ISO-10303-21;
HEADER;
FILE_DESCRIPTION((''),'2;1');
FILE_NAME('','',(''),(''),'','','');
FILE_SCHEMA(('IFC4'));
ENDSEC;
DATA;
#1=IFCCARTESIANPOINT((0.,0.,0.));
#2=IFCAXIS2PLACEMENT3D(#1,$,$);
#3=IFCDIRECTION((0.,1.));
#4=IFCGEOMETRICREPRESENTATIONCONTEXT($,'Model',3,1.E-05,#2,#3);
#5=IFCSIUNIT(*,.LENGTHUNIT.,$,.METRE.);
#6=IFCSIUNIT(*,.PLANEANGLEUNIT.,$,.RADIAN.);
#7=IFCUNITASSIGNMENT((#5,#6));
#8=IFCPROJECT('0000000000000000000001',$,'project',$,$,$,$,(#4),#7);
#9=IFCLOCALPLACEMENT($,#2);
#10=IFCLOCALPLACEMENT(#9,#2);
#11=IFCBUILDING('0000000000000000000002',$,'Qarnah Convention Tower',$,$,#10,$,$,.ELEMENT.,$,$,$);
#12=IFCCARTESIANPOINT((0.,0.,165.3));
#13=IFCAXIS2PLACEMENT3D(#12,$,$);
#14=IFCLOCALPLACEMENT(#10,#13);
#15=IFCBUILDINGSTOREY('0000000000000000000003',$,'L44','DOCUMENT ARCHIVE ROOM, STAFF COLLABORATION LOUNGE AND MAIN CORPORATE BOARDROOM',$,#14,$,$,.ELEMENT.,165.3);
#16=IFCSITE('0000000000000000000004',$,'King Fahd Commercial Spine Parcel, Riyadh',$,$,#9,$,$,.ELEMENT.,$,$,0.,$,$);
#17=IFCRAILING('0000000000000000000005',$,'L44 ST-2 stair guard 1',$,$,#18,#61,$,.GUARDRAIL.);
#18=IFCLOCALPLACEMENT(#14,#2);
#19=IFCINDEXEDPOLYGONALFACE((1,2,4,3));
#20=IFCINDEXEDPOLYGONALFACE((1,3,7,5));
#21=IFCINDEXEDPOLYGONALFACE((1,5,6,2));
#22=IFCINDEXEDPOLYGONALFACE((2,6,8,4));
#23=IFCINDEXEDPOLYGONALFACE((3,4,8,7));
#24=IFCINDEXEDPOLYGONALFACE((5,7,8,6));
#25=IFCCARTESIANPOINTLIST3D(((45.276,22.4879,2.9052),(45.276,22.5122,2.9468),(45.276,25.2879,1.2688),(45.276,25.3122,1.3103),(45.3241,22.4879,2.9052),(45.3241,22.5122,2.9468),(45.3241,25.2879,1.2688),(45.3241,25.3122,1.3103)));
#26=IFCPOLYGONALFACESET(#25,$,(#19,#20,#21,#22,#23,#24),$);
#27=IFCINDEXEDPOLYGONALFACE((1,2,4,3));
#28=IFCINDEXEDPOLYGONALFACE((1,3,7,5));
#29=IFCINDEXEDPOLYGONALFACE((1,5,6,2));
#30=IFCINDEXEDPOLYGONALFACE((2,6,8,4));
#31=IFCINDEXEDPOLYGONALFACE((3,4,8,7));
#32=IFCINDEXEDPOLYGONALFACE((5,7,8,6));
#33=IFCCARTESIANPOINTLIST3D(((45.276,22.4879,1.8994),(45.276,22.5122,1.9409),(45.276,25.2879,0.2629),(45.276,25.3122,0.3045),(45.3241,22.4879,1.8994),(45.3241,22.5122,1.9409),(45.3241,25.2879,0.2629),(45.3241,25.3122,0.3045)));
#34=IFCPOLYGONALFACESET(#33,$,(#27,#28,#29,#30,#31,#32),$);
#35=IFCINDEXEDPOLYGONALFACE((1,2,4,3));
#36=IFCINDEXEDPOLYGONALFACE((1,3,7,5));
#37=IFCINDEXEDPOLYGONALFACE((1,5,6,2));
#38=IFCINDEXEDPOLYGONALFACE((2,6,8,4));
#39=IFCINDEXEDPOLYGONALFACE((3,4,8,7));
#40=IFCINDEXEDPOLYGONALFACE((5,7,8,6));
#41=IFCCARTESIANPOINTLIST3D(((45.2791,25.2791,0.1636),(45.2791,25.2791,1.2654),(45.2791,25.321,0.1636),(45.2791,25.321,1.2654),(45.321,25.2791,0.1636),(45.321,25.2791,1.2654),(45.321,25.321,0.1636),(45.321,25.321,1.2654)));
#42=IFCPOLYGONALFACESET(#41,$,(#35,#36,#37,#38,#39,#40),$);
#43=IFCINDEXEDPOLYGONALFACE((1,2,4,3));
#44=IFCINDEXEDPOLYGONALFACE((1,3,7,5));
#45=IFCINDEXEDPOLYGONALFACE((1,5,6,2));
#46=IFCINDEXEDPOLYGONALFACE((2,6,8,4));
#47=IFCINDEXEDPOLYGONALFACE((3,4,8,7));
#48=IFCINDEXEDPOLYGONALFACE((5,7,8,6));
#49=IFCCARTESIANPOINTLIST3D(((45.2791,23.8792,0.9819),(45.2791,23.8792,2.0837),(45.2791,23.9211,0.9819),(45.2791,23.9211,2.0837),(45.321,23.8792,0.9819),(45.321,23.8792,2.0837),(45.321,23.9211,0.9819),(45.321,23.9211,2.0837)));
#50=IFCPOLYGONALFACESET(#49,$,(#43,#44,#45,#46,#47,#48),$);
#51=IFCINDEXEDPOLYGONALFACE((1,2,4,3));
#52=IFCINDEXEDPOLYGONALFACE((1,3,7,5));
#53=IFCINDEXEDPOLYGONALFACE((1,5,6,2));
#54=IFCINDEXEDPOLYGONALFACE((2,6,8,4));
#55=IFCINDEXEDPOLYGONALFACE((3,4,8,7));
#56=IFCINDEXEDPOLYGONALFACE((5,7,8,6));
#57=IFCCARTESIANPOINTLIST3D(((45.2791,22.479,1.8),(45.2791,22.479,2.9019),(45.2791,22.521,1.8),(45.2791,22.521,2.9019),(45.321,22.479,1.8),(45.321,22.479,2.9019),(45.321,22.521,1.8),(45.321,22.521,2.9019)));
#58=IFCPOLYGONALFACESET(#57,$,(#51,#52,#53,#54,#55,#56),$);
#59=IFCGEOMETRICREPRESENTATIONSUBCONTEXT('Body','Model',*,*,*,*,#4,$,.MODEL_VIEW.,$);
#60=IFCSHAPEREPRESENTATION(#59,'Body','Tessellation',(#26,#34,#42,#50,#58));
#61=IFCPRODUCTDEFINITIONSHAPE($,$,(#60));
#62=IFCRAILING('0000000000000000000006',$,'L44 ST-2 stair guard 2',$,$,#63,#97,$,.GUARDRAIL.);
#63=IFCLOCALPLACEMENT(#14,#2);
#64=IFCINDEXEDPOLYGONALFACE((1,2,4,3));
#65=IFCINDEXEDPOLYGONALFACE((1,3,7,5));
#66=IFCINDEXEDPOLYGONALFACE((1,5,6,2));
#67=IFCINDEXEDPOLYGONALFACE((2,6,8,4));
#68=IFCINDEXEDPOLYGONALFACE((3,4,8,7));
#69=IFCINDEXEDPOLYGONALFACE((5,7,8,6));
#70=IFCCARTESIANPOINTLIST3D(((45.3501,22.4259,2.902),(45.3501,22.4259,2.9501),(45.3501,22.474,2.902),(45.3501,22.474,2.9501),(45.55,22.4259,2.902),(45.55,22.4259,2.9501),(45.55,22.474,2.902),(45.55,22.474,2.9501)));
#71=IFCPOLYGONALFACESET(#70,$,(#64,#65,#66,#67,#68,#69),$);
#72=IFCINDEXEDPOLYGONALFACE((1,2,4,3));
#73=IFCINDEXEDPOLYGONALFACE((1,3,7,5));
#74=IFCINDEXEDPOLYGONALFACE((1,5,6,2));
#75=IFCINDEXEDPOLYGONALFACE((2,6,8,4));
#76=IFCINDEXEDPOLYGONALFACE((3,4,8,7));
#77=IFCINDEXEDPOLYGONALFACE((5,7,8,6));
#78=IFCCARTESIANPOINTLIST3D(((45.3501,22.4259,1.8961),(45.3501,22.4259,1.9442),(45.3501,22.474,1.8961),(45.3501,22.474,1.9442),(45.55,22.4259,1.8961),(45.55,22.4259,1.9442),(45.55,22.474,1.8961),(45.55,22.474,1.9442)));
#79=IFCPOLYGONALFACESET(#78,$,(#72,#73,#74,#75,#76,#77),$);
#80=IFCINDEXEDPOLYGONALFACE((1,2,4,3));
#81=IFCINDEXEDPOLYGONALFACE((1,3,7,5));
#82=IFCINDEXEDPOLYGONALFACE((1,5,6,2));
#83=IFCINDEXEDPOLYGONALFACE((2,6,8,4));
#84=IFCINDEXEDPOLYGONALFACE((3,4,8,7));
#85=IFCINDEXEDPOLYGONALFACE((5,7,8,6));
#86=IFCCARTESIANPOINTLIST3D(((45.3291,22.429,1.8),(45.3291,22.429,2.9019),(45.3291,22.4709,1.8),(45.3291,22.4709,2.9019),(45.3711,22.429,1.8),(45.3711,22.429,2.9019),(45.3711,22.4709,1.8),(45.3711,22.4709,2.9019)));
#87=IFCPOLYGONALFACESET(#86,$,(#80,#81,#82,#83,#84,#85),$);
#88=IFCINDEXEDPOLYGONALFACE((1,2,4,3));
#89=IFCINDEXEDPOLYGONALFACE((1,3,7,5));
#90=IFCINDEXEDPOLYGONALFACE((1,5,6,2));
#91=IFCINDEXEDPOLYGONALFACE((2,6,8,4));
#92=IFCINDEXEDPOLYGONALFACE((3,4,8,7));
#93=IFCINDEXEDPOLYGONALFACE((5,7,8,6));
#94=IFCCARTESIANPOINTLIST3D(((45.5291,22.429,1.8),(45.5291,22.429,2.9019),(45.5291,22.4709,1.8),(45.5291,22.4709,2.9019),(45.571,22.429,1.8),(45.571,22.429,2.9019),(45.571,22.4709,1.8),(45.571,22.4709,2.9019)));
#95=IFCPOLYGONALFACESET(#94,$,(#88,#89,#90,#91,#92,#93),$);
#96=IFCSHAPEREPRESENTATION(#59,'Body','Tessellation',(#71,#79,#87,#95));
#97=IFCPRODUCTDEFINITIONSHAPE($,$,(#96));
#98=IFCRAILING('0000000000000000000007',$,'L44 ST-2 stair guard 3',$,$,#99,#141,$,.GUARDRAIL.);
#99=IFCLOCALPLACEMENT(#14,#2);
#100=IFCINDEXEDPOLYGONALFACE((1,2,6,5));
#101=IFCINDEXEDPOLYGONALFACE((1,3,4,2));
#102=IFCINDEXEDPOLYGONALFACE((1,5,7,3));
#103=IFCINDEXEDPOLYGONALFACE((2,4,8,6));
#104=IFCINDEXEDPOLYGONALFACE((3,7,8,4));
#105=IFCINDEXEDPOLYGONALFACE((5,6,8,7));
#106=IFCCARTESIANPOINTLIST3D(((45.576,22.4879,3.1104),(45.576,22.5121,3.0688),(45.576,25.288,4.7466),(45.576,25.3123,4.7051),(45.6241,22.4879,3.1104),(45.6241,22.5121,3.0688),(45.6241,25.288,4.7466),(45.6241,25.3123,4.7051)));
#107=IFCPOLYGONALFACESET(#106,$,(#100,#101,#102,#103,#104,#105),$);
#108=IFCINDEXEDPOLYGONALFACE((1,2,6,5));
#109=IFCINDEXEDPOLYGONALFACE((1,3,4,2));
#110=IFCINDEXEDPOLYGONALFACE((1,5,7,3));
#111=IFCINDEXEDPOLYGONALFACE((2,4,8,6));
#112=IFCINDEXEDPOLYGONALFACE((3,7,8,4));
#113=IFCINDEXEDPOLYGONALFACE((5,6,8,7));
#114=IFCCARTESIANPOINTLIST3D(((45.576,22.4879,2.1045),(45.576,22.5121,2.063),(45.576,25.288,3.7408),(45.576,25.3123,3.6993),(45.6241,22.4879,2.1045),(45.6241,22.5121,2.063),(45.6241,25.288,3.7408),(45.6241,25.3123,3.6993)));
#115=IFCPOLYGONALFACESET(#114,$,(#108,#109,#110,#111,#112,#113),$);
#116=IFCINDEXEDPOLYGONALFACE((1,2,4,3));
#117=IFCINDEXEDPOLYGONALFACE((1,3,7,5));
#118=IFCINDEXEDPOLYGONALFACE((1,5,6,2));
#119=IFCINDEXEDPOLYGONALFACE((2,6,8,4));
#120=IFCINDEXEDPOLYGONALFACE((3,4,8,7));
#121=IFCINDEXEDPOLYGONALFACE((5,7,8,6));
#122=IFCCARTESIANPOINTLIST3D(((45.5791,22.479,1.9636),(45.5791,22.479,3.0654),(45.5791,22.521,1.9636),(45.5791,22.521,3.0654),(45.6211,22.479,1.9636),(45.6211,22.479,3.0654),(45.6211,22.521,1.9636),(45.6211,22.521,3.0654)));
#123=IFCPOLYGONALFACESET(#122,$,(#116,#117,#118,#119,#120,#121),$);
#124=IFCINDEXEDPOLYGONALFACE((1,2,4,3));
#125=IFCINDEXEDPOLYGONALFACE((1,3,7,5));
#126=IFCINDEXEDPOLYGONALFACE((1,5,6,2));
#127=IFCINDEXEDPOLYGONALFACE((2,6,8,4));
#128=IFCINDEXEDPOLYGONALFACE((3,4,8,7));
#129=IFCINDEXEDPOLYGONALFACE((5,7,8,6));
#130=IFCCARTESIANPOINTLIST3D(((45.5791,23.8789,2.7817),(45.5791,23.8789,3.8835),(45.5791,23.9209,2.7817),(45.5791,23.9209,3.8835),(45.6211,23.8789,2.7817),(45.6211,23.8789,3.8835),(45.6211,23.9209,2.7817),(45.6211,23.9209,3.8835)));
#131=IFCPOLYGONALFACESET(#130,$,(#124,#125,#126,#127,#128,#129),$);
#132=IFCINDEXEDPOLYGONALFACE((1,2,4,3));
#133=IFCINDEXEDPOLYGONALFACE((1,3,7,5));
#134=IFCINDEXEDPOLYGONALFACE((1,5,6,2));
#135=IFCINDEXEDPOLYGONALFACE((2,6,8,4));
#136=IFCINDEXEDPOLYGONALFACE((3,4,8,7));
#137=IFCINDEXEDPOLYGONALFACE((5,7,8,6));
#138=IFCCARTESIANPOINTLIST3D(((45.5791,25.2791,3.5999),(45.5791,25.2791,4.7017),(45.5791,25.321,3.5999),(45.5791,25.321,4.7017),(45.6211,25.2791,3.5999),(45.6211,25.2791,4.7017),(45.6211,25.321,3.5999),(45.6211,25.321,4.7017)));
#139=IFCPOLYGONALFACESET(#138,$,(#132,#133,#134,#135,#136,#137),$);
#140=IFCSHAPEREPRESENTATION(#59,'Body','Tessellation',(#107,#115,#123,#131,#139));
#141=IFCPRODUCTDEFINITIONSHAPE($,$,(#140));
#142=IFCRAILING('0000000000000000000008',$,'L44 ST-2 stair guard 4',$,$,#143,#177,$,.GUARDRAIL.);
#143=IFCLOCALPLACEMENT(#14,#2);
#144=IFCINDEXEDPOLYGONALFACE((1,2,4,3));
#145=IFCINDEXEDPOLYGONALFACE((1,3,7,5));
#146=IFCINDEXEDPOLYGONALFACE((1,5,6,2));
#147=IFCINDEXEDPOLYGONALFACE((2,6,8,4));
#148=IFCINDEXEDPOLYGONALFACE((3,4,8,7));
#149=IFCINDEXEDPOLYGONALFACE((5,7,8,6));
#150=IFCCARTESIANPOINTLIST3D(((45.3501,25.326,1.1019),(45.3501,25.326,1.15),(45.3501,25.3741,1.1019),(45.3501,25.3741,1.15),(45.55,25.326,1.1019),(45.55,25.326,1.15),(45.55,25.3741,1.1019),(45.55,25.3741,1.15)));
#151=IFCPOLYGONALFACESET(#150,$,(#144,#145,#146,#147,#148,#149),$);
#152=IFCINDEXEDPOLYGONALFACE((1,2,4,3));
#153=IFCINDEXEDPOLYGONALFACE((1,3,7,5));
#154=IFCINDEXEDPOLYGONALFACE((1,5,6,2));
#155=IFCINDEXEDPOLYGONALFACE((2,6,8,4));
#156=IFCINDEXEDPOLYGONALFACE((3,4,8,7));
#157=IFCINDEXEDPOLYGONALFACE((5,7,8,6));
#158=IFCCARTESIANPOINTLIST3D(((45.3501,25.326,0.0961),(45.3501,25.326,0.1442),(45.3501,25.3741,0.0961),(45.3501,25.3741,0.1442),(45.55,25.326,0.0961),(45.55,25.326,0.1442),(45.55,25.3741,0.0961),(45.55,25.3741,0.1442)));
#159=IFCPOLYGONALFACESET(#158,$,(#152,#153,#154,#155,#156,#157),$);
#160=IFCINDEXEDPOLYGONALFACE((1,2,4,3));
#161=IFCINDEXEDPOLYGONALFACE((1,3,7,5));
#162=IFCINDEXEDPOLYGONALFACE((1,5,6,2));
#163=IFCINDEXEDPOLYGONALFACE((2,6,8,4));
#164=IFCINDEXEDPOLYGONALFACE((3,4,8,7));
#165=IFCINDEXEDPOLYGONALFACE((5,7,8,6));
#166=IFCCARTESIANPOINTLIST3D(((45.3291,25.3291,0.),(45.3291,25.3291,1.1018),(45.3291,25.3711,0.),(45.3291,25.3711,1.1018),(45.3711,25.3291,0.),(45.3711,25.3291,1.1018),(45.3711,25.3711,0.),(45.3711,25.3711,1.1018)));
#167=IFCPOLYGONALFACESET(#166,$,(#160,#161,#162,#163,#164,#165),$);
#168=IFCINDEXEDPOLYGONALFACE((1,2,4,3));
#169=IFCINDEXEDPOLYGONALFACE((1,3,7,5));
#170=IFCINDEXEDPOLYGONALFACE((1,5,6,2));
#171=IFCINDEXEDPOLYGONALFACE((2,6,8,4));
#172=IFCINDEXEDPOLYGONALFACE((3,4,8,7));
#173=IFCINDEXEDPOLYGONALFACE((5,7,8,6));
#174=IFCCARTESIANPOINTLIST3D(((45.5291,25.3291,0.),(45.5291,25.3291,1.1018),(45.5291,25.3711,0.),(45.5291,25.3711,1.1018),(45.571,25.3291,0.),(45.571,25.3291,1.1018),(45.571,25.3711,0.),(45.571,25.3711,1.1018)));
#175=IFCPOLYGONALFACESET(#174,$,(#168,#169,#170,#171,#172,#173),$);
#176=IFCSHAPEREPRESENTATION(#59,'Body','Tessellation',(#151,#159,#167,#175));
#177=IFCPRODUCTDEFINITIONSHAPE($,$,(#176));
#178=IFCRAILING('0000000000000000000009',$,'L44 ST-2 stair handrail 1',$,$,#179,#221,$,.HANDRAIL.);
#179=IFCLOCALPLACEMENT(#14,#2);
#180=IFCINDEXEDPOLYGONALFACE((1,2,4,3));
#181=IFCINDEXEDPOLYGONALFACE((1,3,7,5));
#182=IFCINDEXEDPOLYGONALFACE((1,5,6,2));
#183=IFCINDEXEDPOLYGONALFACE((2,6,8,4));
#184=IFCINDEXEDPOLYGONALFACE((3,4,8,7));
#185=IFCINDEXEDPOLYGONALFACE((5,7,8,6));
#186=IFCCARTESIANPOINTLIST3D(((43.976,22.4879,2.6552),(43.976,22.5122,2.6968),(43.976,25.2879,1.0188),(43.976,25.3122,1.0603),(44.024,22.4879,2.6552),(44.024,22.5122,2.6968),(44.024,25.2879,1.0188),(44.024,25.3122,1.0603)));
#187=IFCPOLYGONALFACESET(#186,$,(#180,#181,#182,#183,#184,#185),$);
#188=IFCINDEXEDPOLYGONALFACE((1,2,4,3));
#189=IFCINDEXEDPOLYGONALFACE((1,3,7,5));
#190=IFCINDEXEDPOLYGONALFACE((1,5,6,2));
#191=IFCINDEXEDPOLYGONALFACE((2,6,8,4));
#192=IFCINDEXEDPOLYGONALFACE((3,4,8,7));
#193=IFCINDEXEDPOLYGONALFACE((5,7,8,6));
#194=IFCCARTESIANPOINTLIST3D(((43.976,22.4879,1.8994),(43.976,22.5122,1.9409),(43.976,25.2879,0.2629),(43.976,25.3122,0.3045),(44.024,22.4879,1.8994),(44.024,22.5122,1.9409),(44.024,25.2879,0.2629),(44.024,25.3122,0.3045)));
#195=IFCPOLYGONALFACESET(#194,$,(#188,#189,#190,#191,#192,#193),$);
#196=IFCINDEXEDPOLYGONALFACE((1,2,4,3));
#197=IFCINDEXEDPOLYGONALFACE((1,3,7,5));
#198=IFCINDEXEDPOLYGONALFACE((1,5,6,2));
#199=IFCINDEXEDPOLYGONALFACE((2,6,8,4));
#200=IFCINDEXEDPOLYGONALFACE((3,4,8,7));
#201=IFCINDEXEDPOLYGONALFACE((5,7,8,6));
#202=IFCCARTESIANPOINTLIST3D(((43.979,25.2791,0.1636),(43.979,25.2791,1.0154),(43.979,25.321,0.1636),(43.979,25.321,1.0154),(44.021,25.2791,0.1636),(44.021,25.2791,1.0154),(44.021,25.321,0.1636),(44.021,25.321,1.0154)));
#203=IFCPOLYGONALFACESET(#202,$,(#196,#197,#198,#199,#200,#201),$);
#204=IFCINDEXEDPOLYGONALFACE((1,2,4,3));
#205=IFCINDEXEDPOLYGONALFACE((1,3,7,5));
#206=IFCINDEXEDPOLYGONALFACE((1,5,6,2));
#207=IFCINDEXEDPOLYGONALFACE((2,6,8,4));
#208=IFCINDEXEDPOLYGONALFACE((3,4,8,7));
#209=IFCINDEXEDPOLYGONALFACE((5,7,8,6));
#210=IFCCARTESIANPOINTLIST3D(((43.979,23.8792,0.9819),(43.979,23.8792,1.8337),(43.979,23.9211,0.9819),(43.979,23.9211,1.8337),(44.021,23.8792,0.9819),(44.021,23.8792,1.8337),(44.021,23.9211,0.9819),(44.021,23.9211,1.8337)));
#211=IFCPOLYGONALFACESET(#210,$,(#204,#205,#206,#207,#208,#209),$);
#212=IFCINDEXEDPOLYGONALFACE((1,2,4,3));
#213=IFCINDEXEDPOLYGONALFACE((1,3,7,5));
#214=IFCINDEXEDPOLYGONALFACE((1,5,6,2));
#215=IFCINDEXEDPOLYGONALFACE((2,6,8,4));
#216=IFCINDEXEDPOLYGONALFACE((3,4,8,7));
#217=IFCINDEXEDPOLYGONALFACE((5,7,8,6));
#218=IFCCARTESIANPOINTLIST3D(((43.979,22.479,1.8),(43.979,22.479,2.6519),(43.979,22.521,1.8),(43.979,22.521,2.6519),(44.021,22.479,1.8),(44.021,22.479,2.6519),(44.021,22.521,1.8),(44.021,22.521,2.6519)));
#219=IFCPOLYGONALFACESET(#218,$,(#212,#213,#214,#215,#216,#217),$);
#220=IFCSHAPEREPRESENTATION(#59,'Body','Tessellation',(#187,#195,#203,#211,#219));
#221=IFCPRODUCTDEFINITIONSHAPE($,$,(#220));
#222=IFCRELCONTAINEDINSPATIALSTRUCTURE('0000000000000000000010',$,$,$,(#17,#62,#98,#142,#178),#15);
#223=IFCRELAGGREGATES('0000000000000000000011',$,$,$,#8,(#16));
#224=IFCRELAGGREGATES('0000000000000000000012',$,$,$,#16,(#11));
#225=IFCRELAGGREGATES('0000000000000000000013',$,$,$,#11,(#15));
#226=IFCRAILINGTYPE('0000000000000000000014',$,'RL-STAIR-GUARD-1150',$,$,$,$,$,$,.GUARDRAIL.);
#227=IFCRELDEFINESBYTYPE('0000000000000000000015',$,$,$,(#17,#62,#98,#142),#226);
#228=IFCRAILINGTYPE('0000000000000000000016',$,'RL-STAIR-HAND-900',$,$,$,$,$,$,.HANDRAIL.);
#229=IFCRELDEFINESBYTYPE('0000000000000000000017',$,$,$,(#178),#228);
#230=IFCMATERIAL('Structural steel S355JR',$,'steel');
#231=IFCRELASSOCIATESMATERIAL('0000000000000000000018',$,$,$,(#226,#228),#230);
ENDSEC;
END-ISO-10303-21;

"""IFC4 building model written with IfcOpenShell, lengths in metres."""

from ifc_helpers import new_model, si_unit, direction, frame, origin, origin_2d, place, context, subcontext, project, spatial, rectangle, extrude, material, type_object, element, save


model = new_model("IFC4")

# Units and contexts
model_context = context("Model", 3, precision=1e-05, world=origin(), true_north=direction((0.0, 1.0)))
body_context = subcontext(model_context, "Body", "Model", "MODEL_VIEW")
ifc_project = project(units=[si_unit("LENGTHUNIT", "METRE"), si_unit("PLANEANGLEUNIT", "RADIAN")], contexts=[model_context])

# Site, building, storey
site_placement = place(None, origin())
site = spatial("IfcSite", under=ifc_project, at=site_placement, Name="King Fahd Commercial Spine Parcel, Riyadh", CompositionType="ELEMENT", RefElevation=0.0)
building_placement = place(site_placement, origin())
building = spatial("IfcBuilding", under=site, at=building_placement, Name="Qarnah Convention Tower", CompositionType="ELEMENT")
storey_placement = place(building_placement, frame((0.0, 0.0, 165.3)))
storey = spatial("IfcBuildingStorey", under=building, at=storey_placement, Name="L44", Description="DOCUMENT ARCHIVE ROOM, STAFF COLLABORATION LOUNGE AND MAIN CORPORATE BOARDROOM", CompositionType="ELEMENT", Elevation=165.3)

# Shared definitions
ifc_material_1 = material(Name="Structural steel S355JR", Category="steel")

# Railings
railing_type_1 = type_object("IfcRailingType", Name="RL-STAIR-GUARD-1150", PredefinedType="GUARDRAIL", material=ifc_material_1)
railing_1_placement = place(storey_placement, frame((45.3, 25.3, 0.1636)))
element("IfcRailing", 1, at=railing_1_placement, inside=storey, type_object=railing_type_1, Name="L44 ST-2 stair guard 1", PredefinedType="GUARDRAIL", context=body_context, shape_type="SweptSolid", body=[
    extrude(rectangle(XDim=0.0481, YDim=0.0481, at=origin_2d()), frame((0.0, 0.0, 1.126), z_axis=(0.0, -0.863361, 0.504587), x_axis=(1.0, 0.0, 0.0)), (0.0, 0.0, 1.0), 3.2432),
    extrude(rectangle(XDim=0.0481, YDim=0.0481, at=origin_2d()), frame((0.0, 0.0, 0.1201), z_axis=(0.0, -0.863361, 0.504587), x_axis=(1.0, 0.0, 0.0)), (0.0, 0.0, 1.0), 3.2432),
    extrude(rectangle(XDim=0.042, YDim=0.042, at=origin_2d()), origin(), (0.0, 0.0, 1.0), 1.1018),
    extrude(rectangle(XDim=0.042, YDim=0.042, at=origin_2d()), frame((0.0, -1.3999, 0.8184)), (0.0, 0.0, 1.0), 1.1018),
    extrude(rectangle(XDim=0.042, YDim=0.042, at=origin_2d()), frame((0.0, -2.8, 1.6365)), (0.0, 0.0, 1.0), 1.1018),
])
railing_2_placement = place(storey_placement, frame((45.3501, 22.45, 1.8)))
element("IfcRailing", 2, at=railing_2_placement, inside=storey, type_object=railing_type_1, Name="L44 ST-2 stair guard 2", PredefinedType="GUARDRAIL", context=body_context, shape_type="SweptSolid", body=[
    extrude(rectangle(XDim=0.0481, YDim=0.0481, at=origin_2d()), frame((0.0, 0.0, 1.126), z_axis=(1.0, 0.0, 0.0), x_axis=(0.0, 1.0, 0.0)), (0.0, 0.0, 1.0), 0.2),
    extrude(rectangle(XDim=0.0481, YDim=0.0481, at=origin_2d()), frame((0.0, 0.0, 0.1201), z_axis=(1.0, 0.0, 0.0), x_axis=(0.0, 1.0, 0.0)), (0.0, 0.0, 1.0), 0.2),
    extrude(rectangle(XDim=0.042, YDim=0.042, at=origin_2d()), origin(), (0.0, 0.0, 1.0), 1.1018),
    extrude(rectangle(XDim=0.042, YDim=0.042, at=origin_2d()), frame((0.2, 0.0, 0.0)), (0.0, 0.0, 1.0), 1.1018),
])
railing_3_placement = place(storey_placement, frame((45.6001, 22.5, 1.9636)))
element("IfcRailing", 3, at=railing_3_placement, inside=storey, type_object=railing_type_1, Name="L44 ST-2 stair guard 3", PredefinedType="GUARDRAIL", context=body_context, shape_type="SweptSolid", body=[
    extrude(rectangle(XDim=0.0481, YDim=0.0481, at=origin_2d()), frame((0.0, 0.0, 1.126), z_axis=(0.0, 0.863394, 0.504531), x_axis=(-1.0, 0.0, 0.0)), (0.0, 0.0, 1.0), 3.2432),
    extrude(rectangle(XDim=0.0481, YDim=0.0481, at=origin_2d()), frame((0.0, 0.0, 0.1201), z_axis=(0.0, 0.863394, 0.504531), x_axis=(-1.0, 0.0, 0.0)), (0.0, 0.0, 1.0), 3.2432),
    extrude(rectangle(XDim=0.042, YDim=0.042, at=origin_2d()), origin(), (0.0, 0.0, 1.0), 1.1018),
    extrude(rectangle(XDim=0.042, YDim=0.042, at=origin_2d()), frame((0.0, 1.3999, 0.8181)), (0.0, 0.0, 1.0), 1.1018),
    extrude(rectangle(XDim=0.042, YDim=0.042, at=origin_2d()), frame((0.0, 2.8, 1.6362)), (0.0, 0.0, 1.0), 1.1018),
])
railing_4_placement = place(storey_placement, frame((45.3501, 25.3501, 0.0)))
element("IfcRailing", 4, at=railing_4_placement, inside=storey, type_object=railing_type_1, Name="L44 ST-2 stair guard 4", PredefinedType="GUARDRAIL", context=body_context, shape_type="SweptSolid", body=[
    extrude(rectangle(XDim=0.0481, YDim=0.0481, at=origin_2d()), frame((0.0, 0.0, 1.126), z_axis=(1.0, 0.0, 0.0), x_axis=(0.0, 1.0, 0.0)), (0.0, 0.0, 1.0), 0.2),
    extrude(rectangle(XDim=0.0481, YDim=0.0481, at=origin_2d()), frame((0.0, 0.0, 0.1201), z_axis=(1.0, 0.0, 0.0), x_axis=(0.0, 1.0, 0.0)), (0.0, 0.0, 1.0), 0.2),
    extrude(rectangle(XDim=0.042, YDim=0.042, at=origin_2d()), origin(), (0.0, 0.0, 1.0), 1.1018),
    extrude(rectangle(XDim=0.042, YDim=0.042, at=origin_2d()), frame((0.2, 0.0, 0.0)), (0.0, 0.0, 1.0), 1.1018),
])
railing_type_2 = type_object("IfcRailingType", Name="RL-STAIR-HAND-900", PredefinedType="HANDRAIL", material=ifc_material_1)
railing_5_placement = place(storey_placement, frame((44.0, 25.3, 0.1636)))
element("IfcRailing", 5, at=railing_5_placement, inside=storey, type_object=railing_type_2, Name="L44 ST-2 stair handrail 1", PredefinedType="HANDRAIL", context=body_context, shape_type="SweptSolid", body=[
    extrude(rectangle(XDim=0.0481, YDim=0.0481, at=origin_2d()), frame((0.0, 0.0, 0.876), z_axis=(0.0, -0.863361, 0.504587), x_axis=(1.0, 0.0, 0.0)), (0.0, 0.0, 1.0), 3.2432),
    extrude(rectangle(XDim=0.0481, YDim=0.0481, at=origin_2d()), frame((0.0, 0.0, 0.1201), z_axis=(0.0, -0.863361, 0.504587), x_axis=(1.0, 0.0, 0.0)), (0.0, 0.0, 1.0), 3.2432),
    extrude(rectangle(XDim=0.042, YDim=0.042, at=origin_2d()), origin(), (0.0, 0.0, 1.0), 0.8518),
    extrude(rectangle(XDim=0.042, YDim=0.042, at=origin_2d()), frame((0.0, -1.3999, 0.8184)), (0.0, 0.0, 1.0), 0.8518),
    extrude(rectangle(XDim=0.042, YDim=0.042, at=origin_2d()), frame((0.0, -2.8, 1.6365)), (0.0, 0.0, 1.0), 0.8518),
])

save(model, "model.ifc")
